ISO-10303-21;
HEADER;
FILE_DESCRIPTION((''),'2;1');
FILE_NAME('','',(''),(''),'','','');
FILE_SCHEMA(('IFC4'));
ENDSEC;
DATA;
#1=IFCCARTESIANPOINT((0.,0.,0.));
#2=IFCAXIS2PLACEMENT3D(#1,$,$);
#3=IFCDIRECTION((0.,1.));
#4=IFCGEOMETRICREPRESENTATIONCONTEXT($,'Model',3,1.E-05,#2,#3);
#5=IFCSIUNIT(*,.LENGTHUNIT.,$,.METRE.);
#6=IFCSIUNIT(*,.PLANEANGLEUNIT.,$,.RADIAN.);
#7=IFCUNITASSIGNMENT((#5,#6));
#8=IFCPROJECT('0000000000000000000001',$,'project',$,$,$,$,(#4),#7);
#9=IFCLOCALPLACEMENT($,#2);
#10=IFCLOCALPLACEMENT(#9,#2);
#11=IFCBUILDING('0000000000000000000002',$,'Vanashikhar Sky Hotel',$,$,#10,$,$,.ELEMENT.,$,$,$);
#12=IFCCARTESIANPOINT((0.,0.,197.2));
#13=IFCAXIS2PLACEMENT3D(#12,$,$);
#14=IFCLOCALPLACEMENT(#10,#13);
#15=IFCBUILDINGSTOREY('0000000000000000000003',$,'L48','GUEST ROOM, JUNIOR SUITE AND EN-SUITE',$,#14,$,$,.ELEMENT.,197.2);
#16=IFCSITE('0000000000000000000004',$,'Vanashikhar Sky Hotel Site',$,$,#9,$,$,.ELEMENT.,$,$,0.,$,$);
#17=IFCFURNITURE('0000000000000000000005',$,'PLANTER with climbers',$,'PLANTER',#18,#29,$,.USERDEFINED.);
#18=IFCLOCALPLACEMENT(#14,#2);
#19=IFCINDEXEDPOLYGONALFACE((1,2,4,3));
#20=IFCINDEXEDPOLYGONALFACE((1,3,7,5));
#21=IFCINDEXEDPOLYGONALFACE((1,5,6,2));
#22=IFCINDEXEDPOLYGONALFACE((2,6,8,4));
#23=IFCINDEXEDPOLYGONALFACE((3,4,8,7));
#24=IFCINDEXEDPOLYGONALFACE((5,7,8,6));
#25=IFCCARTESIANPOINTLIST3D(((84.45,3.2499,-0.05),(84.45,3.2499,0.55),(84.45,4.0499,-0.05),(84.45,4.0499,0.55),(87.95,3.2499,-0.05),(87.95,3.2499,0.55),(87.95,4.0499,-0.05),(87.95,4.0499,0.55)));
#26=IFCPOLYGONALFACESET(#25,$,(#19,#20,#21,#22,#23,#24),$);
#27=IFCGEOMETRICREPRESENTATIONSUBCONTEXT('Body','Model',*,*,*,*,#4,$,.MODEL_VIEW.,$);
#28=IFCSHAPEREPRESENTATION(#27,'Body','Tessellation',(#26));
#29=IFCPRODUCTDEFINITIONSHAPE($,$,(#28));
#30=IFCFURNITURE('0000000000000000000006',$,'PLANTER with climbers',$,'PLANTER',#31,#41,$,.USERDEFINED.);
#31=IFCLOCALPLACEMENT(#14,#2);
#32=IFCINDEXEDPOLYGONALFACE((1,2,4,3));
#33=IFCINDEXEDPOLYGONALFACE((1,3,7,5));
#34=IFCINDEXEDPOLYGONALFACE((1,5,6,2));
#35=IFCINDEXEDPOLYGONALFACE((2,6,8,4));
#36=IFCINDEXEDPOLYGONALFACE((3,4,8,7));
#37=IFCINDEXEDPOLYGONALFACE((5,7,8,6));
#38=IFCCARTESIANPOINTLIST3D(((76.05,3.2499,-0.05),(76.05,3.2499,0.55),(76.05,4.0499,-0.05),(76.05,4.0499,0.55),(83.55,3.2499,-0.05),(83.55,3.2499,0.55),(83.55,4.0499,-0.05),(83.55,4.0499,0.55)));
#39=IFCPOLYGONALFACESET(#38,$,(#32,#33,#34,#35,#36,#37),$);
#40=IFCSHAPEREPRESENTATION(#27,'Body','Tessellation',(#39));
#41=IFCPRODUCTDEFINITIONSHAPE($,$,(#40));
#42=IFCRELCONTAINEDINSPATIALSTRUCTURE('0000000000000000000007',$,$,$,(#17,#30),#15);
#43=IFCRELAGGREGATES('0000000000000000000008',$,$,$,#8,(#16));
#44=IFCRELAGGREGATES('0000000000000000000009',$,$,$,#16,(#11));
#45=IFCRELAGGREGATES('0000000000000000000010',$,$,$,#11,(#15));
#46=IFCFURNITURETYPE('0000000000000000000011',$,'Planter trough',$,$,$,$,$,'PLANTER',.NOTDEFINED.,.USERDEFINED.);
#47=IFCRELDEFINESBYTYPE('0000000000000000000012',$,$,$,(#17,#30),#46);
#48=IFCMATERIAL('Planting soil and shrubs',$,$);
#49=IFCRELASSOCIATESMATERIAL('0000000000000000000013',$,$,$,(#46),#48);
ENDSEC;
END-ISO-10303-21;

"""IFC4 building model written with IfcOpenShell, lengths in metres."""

from ifc_helpers import new_model, si_unit, direction, frame, origin, origin_2d, place, context, subcontext, project, spatial, rectangle, extrude, source, transform, mapped, material, type_object, element, save


model = new_model("IFC4")

# Units and contexts
model_context = context("Model", 3, precision=1e-05, world=origin(), true_north=direction((0.0, 1.0)))
body_context = subcontext(model_context, "Body", "Model", "MODEL_VIEW")
ifc_project = project(units=[si_unit("LENGTHUNIT", "METRE"), si_unit("PLANEANGLEUNIT", "RADIAN")], contexts=[model_context])

# Site, building, storey
site_placement = place(None, origin())
site = spatial("IfcSite", under=ifc_project, at=site_placement, Name="Vanashikhar Sky Hotel Site", CompositionType="ELEMENT", RefElevation=0.0)
building_placement = place(site_placement, origin())
building = spatial("IfcBuilding", under=site, at=building_placement, Name="Vanashikhar Sky Hotel", CompositionType="ELEMENT")
storey_placement = place(building_placement, frame((0.0, 0.0, 197.2)))
storey = spatial("IfcBuildingStorey", under=building, at=storey_placement, Name="L48", Description="GUEST ROOM, JUNIOR SUITE AND EN-SUITE", CompositionType="ELEMENT", Elevation=197.2)

# Furniture
ifc_material_1 = material(Name="Planting soil and shrubs")
furniture_type = type_object("IfcFurnitureType", Name="Planter trough", ElementType="PLANTER", AssemblyPlace="NOTDEFINED", PredefinedType="USERDEFINED", material=ifc_material_1)
shared_shape_1 = source(origin(), body_context, "Body", "SweptSolid", [
    extrude(rectangle(XDim=3.5, YDim=0.8, at=origin_2d()), origin(), (0.0, 0.0, 1.0), 0.6001),
])
furniture_1_placement = place(storey_placement, frame((86.2, 3.6499, -0.05), z_axis=(0.0, 0.0, 1.0), x_axis=(1.0, 0.0, 0.0)))
element("IfcFurniture", 1, at=furniture_1_placement, inside=storey, type_object=furniture_type, Name="PLANTER with climbers", ObjectType="PLANTER", PredefinedType="USERDEFINED", context=body_context, shape_type="MappedRepresentation", body=[
    mapped(shared_shape_1, transform((0.0, 0.0, 0.0), scale=1.0)),
])
shared_shape_2 = source(origin(), body_context, "Body", "SweptSolid", [
    extrude(rectangle(XDim=7.5, YDim=0.8, at=origin_2d()), origin(), (0.0, 0.0, 1.0), 0.6001),
])
furniture_2_placement = place(storey_placement, frame((79.8, 3.6499, -0.05), z_axis=(0.0, 0.0, 1.0), x_axis=(1.0, 0.0, 0.0)))
element("IfcFurniture", 2, at=furniture_2_placement, inside=storey, type_object=furniture_type, Name="PLANTER with climbers", ObjectType="PLANTER", PredefinedType="USERDEFINED", context=body_context, shape_type="MappedRepresentation", body=[
    mapped(shared_shape_2, transform((0.0, 0.0, 0.0), scale=1.0)),
])

save(model, "model.ifc")
